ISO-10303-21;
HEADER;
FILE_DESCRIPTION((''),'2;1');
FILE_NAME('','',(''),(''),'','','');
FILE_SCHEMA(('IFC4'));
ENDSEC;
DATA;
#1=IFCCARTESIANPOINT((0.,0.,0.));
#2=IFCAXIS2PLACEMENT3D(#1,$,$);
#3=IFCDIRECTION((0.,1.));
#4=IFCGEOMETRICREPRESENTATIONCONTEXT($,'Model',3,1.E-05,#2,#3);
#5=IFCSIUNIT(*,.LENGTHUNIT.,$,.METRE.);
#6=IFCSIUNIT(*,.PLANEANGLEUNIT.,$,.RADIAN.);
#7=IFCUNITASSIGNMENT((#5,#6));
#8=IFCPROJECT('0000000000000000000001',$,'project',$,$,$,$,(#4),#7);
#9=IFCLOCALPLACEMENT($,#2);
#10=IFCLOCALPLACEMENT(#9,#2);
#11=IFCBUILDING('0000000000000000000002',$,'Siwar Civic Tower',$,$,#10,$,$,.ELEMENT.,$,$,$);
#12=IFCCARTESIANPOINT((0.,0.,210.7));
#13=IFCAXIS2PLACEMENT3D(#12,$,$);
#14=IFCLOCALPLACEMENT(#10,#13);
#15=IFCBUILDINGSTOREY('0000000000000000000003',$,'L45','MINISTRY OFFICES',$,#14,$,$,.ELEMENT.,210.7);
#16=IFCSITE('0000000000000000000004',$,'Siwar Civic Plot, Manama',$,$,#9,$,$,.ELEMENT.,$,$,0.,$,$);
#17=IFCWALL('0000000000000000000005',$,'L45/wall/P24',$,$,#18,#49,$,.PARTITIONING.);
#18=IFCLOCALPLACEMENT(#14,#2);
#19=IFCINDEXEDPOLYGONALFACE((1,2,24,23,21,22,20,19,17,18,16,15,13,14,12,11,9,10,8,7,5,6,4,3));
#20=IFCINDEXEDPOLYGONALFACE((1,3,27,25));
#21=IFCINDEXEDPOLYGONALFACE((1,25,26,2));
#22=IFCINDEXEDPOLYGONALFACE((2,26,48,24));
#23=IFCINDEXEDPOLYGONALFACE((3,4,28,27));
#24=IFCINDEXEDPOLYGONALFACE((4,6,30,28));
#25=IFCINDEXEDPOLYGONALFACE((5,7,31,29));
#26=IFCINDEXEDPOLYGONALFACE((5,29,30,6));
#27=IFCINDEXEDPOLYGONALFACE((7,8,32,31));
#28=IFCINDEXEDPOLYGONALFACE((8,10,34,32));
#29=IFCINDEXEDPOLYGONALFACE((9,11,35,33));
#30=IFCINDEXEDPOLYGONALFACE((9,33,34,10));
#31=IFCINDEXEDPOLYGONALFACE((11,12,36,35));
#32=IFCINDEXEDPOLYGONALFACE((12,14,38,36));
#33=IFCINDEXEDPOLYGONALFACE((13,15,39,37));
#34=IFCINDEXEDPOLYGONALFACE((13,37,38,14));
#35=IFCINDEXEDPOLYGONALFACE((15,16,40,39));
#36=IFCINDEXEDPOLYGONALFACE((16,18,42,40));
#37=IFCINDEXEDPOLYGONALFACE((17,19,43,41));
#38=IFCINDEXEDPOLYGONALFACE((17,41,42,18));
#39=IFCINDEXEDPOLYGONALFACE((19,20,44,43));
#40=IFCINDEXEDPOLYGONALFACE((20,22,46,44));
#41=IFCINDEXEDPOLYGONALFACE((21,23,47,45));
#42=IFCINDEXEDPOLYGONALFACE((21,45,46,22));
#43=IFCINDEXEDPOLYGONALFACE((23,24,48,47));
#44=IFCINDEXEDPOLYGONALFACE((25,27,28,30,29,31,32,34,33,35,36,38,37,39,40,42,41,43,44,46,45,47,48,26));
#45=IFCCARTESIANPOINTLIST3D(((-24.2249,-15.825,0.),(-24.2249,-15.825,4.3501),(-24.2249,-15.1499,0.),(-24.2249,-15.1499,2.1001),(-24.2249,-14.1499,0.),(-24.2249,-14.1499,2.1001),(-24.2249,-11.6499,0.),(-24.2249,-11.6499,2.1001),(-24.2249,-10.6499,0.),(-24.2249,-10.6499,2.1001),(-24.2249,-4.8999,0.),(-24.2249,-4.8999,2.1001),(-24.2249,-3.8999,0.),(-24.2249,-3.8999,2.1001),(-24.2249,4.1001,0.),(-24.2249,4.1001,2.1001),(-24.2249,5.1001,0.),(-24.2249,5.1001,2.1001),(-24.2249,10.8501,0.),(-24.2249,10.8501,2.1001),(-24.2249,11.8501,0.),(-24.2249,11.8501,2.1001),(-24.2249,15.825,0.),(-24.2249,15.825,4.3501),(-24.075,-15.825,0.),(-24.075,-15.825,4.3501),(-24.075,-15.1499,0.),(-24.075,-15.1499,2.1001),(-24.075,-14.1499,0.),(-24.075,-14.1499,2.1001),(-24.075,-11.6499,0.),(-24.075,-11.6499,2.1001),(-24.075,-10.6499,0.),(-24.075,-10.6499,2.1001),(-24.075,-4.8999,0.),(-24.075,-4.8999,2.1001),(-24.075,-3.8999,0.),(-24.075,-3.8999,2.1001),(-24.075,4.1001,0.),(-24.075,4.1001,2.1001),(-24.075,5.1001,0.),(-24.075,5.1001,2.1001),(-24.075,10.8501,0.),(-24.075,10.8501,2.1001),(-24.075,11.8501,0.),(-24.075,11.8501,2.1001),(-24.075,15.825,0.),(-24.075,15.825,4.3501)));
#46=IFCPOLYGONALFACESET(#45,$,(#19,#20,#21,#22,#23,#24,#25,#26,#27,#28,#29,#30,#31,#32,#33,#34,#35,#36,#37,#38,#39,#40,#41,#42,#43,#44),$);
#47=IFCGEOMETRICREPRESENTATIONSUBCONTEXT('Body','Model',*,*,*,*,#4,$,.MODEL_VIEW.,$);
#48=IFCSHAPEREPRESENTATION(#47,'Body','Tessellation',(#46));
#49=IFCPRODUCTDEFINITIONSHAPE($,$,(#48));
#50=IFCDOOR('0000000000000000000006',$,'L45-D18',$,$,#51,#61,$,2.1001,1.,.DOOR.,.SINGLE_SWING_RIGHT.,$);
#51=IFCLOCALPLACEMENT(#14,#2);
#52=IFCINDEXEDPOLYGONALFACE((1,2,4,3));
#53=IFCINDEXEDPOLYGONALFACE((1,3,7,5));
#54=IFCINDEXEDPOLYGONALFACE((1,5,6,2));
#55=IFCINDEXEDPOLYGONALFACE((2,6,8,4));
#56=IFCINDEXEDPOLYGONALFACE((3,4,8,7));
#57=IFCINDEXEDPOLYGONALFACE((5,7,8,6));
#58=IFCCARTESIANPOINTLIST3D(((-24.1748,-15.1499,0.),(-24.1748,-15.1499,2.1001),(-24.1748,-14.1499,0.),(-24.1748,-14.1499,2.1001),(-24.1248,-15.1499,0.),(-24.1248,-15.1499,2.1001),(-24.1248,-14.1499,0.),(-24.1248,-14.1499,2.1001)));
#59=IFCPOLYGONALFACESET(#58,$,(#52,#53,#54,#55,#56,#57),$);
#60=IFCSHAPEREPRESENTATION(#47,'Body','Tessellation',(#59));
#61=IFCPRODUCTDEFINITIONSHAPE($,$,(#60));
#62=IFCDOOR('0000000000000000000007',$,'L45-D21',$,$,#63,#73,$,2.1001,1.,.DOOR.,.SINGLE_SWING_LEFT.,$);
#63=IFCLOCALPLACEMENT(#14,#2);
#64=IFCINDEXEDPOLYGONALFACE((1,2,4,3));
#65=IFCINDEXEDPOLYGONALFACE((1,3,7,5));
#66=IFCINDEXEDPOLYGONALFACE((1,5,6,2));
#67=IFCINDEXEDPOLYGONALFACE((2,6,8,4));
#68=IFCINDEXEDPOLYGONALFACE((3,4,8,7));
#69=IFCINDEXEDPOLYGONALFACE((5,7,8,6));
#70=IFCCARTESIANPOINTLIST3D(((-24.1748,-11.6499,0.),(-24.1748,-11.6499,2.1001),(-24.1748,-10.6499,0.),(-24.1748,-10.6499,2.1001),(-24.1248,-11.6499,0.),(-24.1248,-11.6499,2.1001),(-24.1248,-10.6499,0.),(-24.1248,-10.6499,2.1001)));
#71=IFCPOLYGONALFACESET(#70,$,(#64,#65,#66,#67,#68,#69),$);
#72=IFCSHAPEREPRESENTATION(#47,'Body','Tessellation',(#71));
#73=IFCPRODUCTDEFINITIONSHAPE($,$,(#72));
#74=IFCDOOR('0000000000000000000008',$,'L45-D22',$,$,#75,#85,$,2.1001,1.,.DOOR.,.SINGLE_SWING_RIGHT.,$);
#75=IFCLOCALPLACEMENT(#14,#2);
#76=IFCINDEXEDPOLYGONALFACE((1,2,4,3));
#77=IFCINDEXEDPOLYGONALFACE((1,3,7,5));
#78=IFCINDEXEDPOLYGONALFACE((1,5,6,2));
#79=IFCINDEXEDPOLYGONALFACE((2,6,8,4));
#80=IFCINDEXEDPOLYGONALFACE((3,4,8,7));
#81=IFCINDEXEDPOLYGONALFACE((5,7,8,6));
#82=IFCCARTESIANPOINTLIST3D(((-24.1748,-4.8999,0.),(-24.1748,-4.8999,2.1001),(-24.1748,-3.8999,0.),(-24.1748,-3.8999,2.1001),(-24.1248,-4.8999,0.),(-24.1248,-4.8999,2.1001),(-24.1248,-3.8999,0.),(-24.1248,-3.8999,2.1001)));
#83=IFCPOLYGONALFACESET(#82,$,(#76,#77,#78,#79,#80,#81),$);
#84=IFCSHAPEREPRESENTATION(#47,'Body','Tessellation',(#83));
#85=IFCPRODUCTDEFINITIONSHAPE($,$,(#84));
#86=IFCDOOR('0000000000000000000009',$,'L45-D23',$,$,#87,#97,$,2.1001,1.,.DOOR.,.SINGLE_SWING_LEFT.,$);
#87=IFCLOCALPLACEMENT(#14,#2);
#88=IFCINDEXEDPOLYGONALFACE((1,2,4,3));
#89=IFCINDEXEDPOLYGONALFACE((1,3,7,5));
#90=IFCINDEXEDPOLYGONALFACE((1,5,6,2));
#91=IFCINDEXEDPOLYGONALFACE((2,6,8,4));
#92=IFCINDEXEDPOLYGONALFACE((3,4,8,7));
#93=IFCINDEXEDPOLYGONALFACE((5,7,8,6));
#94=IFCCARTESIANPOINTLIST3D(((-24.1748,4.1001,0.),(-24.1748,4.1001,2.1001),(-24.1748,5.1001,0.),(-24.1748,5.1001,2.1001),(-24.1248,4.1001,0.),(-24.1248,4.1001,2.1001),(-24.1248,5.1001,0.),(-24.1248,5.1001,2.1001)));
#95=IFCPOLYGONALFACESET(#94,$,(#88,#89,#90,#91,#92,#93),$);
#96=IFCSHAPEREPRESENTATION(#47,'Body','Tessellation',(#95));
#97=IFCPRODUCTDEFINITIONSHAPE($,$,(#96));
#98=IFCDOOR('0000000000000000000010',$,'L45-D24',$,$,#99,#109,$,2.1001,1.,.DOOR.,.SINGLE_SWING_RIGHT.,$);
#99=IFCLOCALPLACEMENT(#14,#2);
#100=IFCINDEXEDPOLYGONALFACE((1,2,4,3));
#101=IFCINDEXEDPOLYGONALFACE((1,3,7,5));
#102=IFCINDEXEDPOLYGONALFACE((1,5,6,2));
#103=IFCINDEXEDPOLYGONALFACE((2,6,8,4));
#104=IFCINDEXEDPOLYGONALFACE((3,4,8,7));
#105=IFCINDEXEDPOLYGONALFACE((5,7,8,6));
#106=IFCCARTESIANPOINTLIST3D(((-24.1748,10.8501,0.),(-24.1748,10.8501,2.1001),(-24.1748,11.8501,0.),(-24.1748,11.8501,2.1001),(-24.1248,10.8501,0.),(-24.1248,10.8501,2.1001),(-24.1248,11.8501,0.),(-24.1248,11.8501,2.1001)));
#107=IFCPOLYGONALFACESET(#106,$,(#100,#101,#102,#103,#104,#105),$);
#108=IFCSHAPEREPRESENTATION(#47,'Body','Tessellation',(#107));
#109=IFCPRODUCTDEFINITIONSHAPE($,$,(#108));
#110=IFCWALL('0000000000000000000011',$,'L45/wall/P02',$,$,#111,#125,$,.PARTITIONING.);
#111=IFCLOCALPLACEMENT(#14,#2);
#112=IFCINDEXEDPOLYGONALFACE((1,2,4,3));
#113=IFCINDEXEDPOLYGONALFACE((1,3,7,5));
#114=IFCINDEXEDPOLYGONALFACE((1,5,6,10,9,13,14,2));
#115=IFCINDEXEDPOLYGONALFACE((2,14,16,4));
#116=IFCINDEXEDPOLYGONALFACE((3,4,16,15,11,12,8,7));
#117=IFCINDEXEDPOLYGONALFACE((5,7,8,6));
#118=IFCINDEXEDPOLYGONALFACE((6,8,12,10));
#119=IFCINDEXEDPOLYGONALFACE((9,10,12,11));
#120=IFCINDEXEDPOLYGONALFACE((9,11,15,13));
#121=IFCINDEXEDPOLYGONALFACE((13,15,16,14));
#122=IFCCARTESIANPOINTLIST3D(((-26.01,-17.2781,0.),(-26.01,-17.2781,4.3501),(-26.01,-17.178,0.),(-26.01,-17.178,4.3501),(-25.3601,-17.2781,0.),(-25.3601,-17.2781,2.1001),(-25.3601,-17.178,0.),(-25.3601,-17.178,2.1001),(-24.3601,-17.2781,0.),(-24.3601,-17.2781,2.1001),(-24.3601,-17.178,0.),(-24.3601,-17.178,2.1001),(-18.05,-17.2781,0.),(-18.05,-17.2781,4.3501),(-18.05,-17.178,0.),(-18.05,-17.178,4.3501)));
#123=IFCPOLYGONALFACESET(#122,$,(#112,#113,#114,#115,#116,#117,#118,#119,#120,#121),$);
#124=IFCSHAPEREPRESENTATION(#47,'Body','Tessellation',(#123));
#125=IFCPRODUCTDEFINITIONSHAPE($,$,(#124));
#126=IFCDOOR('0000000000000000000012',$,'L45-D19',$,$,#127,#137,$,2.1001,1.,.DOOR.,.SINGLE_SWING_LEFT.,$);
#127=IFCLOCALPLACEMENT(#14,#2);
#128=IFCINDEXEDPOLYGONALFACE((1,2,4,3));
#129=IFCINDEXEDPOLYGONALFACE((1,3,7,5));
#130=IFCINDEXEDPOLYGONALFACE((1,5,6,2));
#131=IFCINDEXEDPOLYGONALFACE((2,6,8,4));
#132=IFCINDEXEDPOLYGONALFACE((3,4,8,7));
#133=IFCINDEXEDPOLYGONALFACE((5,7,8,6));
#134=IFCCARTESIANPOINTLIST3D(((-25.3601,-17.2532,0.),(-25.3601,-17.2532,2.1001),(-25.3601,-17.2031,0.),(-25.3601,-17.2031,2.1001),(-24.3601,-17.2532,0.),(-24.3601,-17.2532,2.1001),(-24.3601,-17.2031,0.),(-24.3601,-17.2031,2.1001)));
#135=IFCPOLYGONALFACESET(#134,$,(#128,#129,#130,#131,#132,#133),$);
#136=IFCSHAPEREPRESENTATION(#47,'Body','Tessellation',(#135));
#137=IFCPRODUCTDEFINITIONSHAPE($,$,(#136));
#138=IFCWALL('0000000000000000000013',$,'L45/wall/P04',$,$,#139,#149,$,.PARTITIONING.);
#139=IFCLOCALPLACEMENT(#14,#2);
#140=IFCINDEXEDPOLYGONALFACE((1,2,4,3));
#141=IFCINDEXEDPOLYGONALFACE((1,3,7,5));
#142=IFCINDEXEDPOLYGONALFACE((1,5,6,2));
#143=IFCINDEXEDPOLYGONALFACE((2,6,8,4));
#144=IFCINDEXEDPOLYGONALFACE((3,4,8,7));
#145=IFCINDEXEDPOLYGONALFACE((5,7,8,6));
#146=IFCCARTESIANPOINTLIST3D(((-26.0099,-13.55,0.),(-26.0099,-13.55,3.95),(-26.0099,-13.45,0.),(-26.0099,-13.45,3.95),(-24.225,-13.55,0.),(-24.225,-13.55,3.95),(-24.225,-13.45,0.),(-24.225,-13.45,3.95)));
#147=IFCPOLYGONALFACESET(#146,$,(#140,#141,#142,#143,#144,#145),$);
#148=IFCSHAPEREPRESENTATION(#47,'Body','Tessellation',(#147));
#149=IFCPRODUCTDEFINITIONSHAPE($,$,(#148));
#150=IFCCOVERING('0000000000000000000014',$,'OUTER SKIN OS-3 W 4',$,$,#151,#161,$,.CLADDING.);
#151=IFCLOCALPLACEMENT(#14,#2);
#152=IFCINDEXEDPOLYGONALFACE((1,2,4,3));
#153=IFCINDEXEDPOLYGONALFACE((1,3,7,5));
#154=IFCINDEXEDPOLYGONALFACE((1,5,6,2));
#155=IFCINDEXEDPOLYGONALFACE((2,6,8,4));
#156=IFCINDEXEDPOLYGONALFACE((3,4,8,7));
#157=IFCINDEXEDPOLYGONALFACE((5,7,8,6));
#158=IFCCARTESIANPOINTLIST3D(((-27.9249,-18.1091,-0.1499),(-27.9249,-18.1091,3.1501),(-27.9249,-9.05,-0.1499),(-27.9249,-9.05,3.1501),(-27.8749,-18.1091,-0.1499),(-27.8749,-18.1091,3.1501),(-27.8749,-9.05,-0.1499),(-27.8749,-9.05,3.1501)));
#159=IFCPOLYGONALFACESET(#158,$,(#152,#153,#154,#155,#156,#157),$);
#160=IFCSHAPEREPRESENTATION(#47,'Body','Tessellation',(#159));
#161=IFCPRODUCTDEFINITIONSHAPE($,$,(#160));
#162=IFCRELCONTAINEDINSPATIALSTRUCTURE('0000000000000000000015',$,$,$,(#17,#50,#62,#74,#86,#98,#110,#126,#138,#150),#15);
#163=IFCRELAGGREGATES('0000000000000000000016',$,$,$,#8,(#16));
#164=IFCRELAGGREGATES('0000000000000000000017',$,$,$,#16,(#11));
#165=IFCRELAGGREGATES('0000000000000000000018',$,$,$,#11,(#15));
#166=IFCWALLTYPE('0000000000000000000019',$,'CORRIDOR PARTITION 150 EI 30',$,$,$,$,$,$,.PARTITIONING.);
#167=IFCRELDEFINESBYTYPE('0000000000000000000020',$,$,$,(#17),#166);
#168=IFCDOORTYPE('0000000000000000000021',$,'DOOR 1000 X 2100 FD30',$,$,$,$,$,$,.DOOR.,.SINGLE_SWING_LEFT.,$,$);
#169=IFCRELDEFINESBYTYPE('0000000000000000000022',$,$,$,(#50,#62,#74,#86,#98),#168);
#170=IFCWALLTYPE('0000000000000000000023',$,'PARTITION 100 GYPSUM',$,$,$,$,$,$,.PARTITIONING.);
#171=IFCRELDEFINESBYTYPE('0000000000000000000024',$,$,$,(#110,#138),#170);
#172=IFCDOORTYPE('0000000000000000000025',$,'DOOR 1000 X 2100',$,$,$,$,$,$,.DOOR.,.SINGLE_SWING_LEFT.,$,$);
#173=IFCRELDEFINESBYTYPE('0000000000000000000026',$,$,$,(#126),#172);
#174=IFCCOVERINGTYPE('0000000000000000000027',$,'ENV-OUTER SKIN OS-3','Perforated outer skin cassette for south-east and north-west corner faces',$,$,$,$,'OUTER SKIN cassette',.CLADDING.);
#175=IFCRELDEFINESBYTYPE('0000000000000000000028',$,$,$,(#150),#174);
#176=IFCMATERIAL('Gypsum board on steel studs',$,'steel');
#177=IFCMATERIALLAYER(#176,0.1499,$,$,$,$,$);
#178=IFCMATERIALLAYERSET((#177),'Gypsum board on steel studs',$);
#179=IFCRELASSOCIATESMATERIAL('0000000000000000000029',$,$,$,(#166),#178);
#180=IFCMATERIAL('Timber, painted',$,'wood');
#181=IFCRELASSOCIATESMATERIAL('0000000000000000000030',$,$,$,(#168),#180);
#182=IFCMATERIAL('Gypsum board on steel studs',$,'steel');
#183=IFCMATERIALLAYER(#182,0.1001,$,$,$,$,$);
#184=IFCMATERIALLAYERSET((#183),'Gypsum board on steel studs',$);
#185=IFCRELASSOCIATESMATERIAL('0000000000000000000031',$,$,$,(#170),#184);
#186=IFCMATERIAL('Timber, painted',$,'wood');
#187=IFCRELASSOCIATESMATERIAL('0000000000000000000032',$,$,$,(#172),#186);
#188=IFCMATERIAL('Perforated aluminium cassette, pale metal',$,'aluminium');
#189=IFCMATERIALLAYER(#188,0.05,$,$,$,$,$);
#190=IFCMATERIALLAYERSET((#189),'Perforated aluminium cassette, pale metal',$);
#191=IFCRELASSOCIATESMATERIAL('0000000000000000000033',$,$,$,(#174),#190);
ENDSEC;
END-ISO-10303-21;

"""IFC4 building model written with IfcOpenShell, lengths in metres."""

from ifc_helpers import new_model, si_unit, direction, frame, frame_2d, origin, origin_2d, place, context, subcontext, project, spatial, rectangle, extrude, material, layer, layer_set, type_object, element, fill, save


model = new_model("IFC4")

# Units and contexts
model_context = context("Model", 3, precision=1e-05, world=origin(), true_north=direction((0.0, 1.0)))
body_context = subcontext(model_context, "Body", "Model", "MODEL_VIEW")
ifc_project = project(units=[si_unit("LENGTHUNIT", "METRE"), si_unit("PLANEANGLEUNIT", "RADIAN")], contexts=[model_context])

# Site, building, storey
site_placement = place(None, origin())
site = spatial("IfcSite", under=ifc_project, at=site_placement, Name="Siwar Civic Plot, Manama", CompositionType="ELEMENT", RefElevation=0.0)
building_placement = place(site_placement, origin())
building = spatial("IfcBuilding", under=site, at=building_placement, Name="Siwar Civic Tower", CompositionType="ELEMENT")
storey_placement = place(building_placement, frame((0.0, 0.0, 210.7)))
storey = spatial("IfcBuildingStorey", under=building, at=storey_placement, Name="L45", Description="MINISTRY OFFICES", CompositionType="ELEMENT", Elevation=210.7)

# Wall, openings, doors
ifc_material_1 = material(Name="Gypsum board on steel studs", Category="steel")
ifc_layer_1 = layer(ifc_material_1, 0.1499)
ifc_layer_set_1 = layer_set([ifc_layer_1], Name="Gypsum board on steel studs")
wall_type_1 = type_object("IfcWallType", Name="CORRIDOR PARTITION 150 EI 30", PredefinedType="PARTITIONING", material=ifc_layer_set_1)
ifc_material_2 = material(Name="Timber, painted", Category="wood")
door_type_1 = type_object("IfcDoorType", Name="DOOR 1000 X 2100 FD30", OperationType="SINGLE_SWING_LEFT", PredefinedType="DOOR", material=ifc_material_2)
wall_1_placement = place(storey_placement, frame((-24.1499, -15.825, 0.0), z_axis=(0.0, 0.0, 1.0), x_axis=(0.0, 1.0, 0.0)))
wall_1 = element("IfcWall", 1, at=wall_1_placement, inside=storey, type_object=wall_type_1, Name="L45/wall/P24", PredefinedType="PARTITIONING", context=body_context, shape_type="SweptSolid", body=[
    extrude(rectangle(XDim=31.6499, YDim=0.1499, at=frame_2d((15.825, 0.0))), origin(), (0.0, 0.0, 1.0), 4.3501),
])
opening_1_placement = place(wall_1_placement, frame((0.675, 0.0, 0.0)))
opening_1 = element("IfcOpeningElement", 2, at=opening_1_placement, cuts=wall_1, PredefinedType="OPENING", context=body_context, shape_type="SweptSolid", body=[
    extrude(rectangle(XDim=1.0, YDim=2.1001, at=frame_2d((0.5, 1.05))), frame((0.0, 0.085, 0.0), z_axis=(0.0, -1.0, 0.0), x_axis=(1.0, 0.0, 0.0)), (0.0, 0.0, 1.0), 0.1699),
])
opening_2_placement = place(wall_1_placement, frame((4.175, 0.0, 0.0)))
opening_2 = element("IfcOpeningElement", 3, at=opening_2_placement, cuts=wall_1, PredefinedType="OPENING", context=body_context, shape_type="SweptSolid", body=[
    extrude(rectangle(XDim=1.0, YDim=2.1001, at=frame_2d((0.5, 1.05))), frame((0.0, 0.085, 0.0), z_axis=(0.0, -1.0, 0.0), x_axis=(1.0, 0.0, 0.0)), (0.0, 0.0, 1.0), 0.1699),
])
opening_3_placement = place(wall_1_placement, frame((10.925, 0.0, 0.0)))
opening_3 = element("IfcOpeningElement", 4, at=opening_3_placement, cuts=wall_1, PredefinedType="OPENING", context=body_context, shape_type="SweptSolid", body=[
    extrude(rectangle(XDim=1.0, YDim=2.1001, at=frame_2d((0.5, 1.05))), frame((0.0, 0.085, 0.0), z_axis=(0.0, -1.0, 0.0), x_axis=(1.0, 0.0, 0.0)), (0.0, 0.0, 1.0), 0.1699),
])
opening_4_placement = place(wall_1_placement, frame((19.925, 0.0, 0.0)))
opening_4 = element("IfcOpeningElement", 5, at=opening_4_placement, cuts=wall_1, PredefinedType="OPENING", context=body_context, shape_type="SweptSolid", body=[
    extrude(rectangle(XDim=1.0, YDim=2.1001, at=frame_2d((0.5, 1.05))), frame((0.0, 0.085, 0.0), z_axis=(0.0, -1.0, 0.0), x_axis=(1.0, 0.0, 0.0)), (0.0, 0.0, 1.0), 0.1699),
])
opening_5_placement = place(wall_1_placement, frame((26.675, 0.0, 0.0)))
opening_5 = element("IfcOpeningElement", 6, at=opening_5_placement, cuts=wall_1, PredefinedType="OPENING", context=body_context, shape_type="SweptSolid", body=[
    extrude(rectangle(XDim=1.0, YDim=2.1001, at=frame_2d((0.5, 1.05))), frame((0.0, 0.085, 0.0), z_axis=(0.0, -1.0, 0.0), x_axis=(1.0, 0.0, 0.0)), (0.0, 0.0, 1.0), 0.1699),
])
door_1_placement = place(opening_1_placement, origin())
door_1 = element("IfcDoor", 7, at=door_1_placement, inside=storey, type_object=door_type_1, Name="L45-D18", OperationType="SINGLE_SWING_RIGHT", OverallHeight=2.1001, OverallWidth=1.0, PredefinedType="DOOR", context=body_context, shape_type="SweptSolid", body=[
    extrude(rectangle(XDim=1.0, YDim=2.1001, at=frame_2d((0.5, 1.05))), frame((0.0, 0.0249, 0.0), z_axis=(0.0, -1.0, 0.0), x_axis=(1.0, 0.0, 0.0)), (0.0, 0.0, 1.0), 0.05),
])
fill(opening_1, door_1)
door_2_placement = place(opening_2_placement, origin())
door_2 = element("IfcDoor", 8, at=door_2_placement, inside=storey, type_object=door_type_1, Name="L45-D21", OperationType="SINGLE_SWING_LEFT", OverallHeight=2.1001, OverallWidth=1.0, PredefinedType="DOOR", context=body_context, shape_type="SweptSolid", body=[
    extrude(rectangle(XDim=1.0, YDim=2.1001, at=frame_2d((0.5, 1.05))), frame((0.0, 0.0249, 0.0), z_axis=(0.0, -1.0, 0.0), x_axis=(1.0, 0.0, 0.0)), (0.0, 0.0, 1.0), 0.05),
])
fill(opening_2, door_2)
door_3_placement = place(opening_3_placement, origin())
door_3 = element("IfcDoor", 9, at=door_3_placement, inside=storey, type_object=door_type_1, Name="L45-D22", OperationType="SINGLE_SWING_RIGHT", OverallHeight=2.1001, OverallWidth=1.0, PredefinedType="DOOR", context=body_context, shape_type="SweptSolid", body=[
    extrude(rectangle(XDim=1.0, YDim=2.1001, at=frame_2d((0.5, 1.05))), frame((0.0, 0.0249, 0.0), z_axis=(0.0, -1.0, 0.0), x_axis=(1.0, 0.0, 0.0)), (0.0, 0.0, 1.0), 0.05),
])
fill(opening_3, door_3)
door_4_placement = place(opening_4_placement, origin())
door_4 = element("IfcDoor", 10, at=door_4_placement, inside=storey, type_object=door_type_1, Name="L45-D23", OperationType="SINGLE_SWING_LEFT", OverallHeight=2.1001, OverallWidth=1.0, PredefinedType="DOOR", context=body_context, shape_type="SweptSolid", body=[
    extrude(rectangle(XDim=1.0, YDim=2.1001, at=frame_2d((0.5, 1.05))), frame((0.0, 0.0249, 0.0), z_axis=(0.0, -1.0, 0.0), x_axis=(1.0, 0.0, 0.0)), (0.0, 0.0, 1.0), 0.05),
])
fill(opening_4, door_4)
door_5_placement = place(opening_5_placement, origin())
door_5 = element("IfcDoor", 11, at=door_5_placement, inside=storey, type_object=door_type_1, Name="L45-D24", OperationType="SINGLE_SWING_RIGHT", OverallHeight=2.1001, OverallWidth=1.0, PredefinedType="DOOR", context=body_context, shape_type="SweptSolid", body=[
    extrude(rectangle(XDim=1.0, YDim=2.1001, at=frame_2d((0.5, 1.05))), frame((0.0, 0.0249, 0.0), z_axis=(0.0, -1.0, 0.0), x_axis=(1.0, 0.0, 0.0)), (0.0, 0.0, 1.0), 0.05),
])
fill(opening_5, door_5)

# Wall, opening, door
ifc_material_3 = material(Name="Gypsum board on steel studs", Category="steel")
ifc_layer_2 = layer(ifc_material_3, 0.1001)
ifc_layer_set_2 = layer_set([ifc_layer_2], Name="Gypsum board on steel studs")
wall_type_2 = type_object("IfcWallType", Name="PARTITION 100 GYPSUM", PredefinedType="PARTITIONING", material=ifc_layer_set_2)
wall_2_placement = place(storey_placement, frame((-26.01, -17.228, 0.0), z_axis=(0.0, 0.0, 1.0), x_axis=(1.0, 0.0, 0.0)))
wall_2 = element("IfcWall", 12, at=wall_2_placement, inside=storey, type_object=wall_type_2, Name="L45/wall/P02", PredefinedType="PARTITIONING", context=body_context, shape_type="SweptSolid", body=[
    extrude(rectangle(XDim=7.96, YDim=0.1001, at=frame_2d((3.98, 0.0))), origin(), (0.0, 0.0, 1.0), 4.3501),
])
opening_6_placement = place(wall_2_placement, frame((0.6499, 0.0, 0.0)))
opening_6 = element("IfcOpeningElement", 13, at=opening_6_placement, cuts=wall_2, PredefinedType="OPENING", context=body_context, shape_type="SweptSolid", body=[
    extrude(rectangle(XDim=1.0, YDim=2.1001, at=frame_2d((0.5, 1.05))), frame((0.0, 0.0601, 0.0), z_axis=(0.0, -1.0, 0.0), x_axis=(1.0, 0.0, 0.0)), (0.0, 0.0, 1.0), 0.1201),
])
ifc_material_4 = material(Name="Timber, painted", Category="wood")
door_type_2 = type_object("IfcDoorType", Name="DOOR 1000 X 2100", OperationType="SINGLE_SWING_LEFT", PredefinedType="DOOR", material=ifc_material_4)
door_6_placement = place(opening_6_placement, origin())
door_6 = element("IfcDoor", 14, at=door_6_placement, inside=storey, type_object=door_type_2, Name="L45-D19", OperationType="SINGLE_SWING_LEFT", OverallHeight=2.1001, OverallWidth=1.0, PredefinedType="DOOR", context=body_context, shape_type="SweptSolid", body=[
    extrude(rectangle(XDim=1.0, YDim=2.1001, at=frame_2d((0.5, 1.05))), frame((0.0, 0.0249, 0.0), z_axis=(0.0, -1.0, 0.0), x_axis=(1.0, 0.0, 0.0)), (0.0, 0.0, 1.0), 0.05),
])
fill(opening_6, door_6)

# Wall
wall_3_placement = place(storey_placement, frame((-26.01, -13.5, 0.0), z_axis=(0.0, 0.0, 1.0), x_axis=(1.0, 0.0, 0.0)))
element("IfcWall", 15, at=wall_3_placement, inside=storey, type_object=wall_type_2, Name="L45/wall/P04", PredefinedType="PARTITIONING", context=body_context, shape_type="SweptSolid", body=[
    extrude(rectangle(XDim=1.7849, YDim=0.1001, at=frame_2d((0.8926, 0.0))), origin(), (0.0, 0.0, 1.0), 3.95),
])

# Covering
ifc_material_5 = material(Name="Perforated aluminium cassette, pale metal", Category="aluminium")
ifc_layer_3 = layer(ifc_material_5, 0.05)
ifc_layer_set_3 = layer_set([ifc_layer_3], Name="Perforated aluminium cassette, pale metal")
covering_type = type_object("IfcCoveringType", Name="ENV-OUTER SKIN OS-3", Description="Perforated outer skin cassette for south-east and north-west corner faces", ElementType="OUTER SKIN cassette", PredefinedType="CLADDING", material=ifc_layer_set_3)
covering_placement = place(storey_placement, frame((-27.8999, -13.5796, -0.1499), z_axis=(0.0, 0.0, 1.0), x_axis=(0.0, -1.0, 0.0)))
element("IfcCovering", 16, at=covering_placement, inside=storey, type_object=covering_type, Name="OUTER SKIN OS-3 W 4", PredefinedType="CLADDING", context=body_context, shape_type="SweptSolid", body=[
    extrude(rectangle(XDim=9.0591, YDim=0.05, at=origin_2d()), origin(), (0.0, 0.0, 1.0), 3.3),
])

save(model, "model.ifc")
